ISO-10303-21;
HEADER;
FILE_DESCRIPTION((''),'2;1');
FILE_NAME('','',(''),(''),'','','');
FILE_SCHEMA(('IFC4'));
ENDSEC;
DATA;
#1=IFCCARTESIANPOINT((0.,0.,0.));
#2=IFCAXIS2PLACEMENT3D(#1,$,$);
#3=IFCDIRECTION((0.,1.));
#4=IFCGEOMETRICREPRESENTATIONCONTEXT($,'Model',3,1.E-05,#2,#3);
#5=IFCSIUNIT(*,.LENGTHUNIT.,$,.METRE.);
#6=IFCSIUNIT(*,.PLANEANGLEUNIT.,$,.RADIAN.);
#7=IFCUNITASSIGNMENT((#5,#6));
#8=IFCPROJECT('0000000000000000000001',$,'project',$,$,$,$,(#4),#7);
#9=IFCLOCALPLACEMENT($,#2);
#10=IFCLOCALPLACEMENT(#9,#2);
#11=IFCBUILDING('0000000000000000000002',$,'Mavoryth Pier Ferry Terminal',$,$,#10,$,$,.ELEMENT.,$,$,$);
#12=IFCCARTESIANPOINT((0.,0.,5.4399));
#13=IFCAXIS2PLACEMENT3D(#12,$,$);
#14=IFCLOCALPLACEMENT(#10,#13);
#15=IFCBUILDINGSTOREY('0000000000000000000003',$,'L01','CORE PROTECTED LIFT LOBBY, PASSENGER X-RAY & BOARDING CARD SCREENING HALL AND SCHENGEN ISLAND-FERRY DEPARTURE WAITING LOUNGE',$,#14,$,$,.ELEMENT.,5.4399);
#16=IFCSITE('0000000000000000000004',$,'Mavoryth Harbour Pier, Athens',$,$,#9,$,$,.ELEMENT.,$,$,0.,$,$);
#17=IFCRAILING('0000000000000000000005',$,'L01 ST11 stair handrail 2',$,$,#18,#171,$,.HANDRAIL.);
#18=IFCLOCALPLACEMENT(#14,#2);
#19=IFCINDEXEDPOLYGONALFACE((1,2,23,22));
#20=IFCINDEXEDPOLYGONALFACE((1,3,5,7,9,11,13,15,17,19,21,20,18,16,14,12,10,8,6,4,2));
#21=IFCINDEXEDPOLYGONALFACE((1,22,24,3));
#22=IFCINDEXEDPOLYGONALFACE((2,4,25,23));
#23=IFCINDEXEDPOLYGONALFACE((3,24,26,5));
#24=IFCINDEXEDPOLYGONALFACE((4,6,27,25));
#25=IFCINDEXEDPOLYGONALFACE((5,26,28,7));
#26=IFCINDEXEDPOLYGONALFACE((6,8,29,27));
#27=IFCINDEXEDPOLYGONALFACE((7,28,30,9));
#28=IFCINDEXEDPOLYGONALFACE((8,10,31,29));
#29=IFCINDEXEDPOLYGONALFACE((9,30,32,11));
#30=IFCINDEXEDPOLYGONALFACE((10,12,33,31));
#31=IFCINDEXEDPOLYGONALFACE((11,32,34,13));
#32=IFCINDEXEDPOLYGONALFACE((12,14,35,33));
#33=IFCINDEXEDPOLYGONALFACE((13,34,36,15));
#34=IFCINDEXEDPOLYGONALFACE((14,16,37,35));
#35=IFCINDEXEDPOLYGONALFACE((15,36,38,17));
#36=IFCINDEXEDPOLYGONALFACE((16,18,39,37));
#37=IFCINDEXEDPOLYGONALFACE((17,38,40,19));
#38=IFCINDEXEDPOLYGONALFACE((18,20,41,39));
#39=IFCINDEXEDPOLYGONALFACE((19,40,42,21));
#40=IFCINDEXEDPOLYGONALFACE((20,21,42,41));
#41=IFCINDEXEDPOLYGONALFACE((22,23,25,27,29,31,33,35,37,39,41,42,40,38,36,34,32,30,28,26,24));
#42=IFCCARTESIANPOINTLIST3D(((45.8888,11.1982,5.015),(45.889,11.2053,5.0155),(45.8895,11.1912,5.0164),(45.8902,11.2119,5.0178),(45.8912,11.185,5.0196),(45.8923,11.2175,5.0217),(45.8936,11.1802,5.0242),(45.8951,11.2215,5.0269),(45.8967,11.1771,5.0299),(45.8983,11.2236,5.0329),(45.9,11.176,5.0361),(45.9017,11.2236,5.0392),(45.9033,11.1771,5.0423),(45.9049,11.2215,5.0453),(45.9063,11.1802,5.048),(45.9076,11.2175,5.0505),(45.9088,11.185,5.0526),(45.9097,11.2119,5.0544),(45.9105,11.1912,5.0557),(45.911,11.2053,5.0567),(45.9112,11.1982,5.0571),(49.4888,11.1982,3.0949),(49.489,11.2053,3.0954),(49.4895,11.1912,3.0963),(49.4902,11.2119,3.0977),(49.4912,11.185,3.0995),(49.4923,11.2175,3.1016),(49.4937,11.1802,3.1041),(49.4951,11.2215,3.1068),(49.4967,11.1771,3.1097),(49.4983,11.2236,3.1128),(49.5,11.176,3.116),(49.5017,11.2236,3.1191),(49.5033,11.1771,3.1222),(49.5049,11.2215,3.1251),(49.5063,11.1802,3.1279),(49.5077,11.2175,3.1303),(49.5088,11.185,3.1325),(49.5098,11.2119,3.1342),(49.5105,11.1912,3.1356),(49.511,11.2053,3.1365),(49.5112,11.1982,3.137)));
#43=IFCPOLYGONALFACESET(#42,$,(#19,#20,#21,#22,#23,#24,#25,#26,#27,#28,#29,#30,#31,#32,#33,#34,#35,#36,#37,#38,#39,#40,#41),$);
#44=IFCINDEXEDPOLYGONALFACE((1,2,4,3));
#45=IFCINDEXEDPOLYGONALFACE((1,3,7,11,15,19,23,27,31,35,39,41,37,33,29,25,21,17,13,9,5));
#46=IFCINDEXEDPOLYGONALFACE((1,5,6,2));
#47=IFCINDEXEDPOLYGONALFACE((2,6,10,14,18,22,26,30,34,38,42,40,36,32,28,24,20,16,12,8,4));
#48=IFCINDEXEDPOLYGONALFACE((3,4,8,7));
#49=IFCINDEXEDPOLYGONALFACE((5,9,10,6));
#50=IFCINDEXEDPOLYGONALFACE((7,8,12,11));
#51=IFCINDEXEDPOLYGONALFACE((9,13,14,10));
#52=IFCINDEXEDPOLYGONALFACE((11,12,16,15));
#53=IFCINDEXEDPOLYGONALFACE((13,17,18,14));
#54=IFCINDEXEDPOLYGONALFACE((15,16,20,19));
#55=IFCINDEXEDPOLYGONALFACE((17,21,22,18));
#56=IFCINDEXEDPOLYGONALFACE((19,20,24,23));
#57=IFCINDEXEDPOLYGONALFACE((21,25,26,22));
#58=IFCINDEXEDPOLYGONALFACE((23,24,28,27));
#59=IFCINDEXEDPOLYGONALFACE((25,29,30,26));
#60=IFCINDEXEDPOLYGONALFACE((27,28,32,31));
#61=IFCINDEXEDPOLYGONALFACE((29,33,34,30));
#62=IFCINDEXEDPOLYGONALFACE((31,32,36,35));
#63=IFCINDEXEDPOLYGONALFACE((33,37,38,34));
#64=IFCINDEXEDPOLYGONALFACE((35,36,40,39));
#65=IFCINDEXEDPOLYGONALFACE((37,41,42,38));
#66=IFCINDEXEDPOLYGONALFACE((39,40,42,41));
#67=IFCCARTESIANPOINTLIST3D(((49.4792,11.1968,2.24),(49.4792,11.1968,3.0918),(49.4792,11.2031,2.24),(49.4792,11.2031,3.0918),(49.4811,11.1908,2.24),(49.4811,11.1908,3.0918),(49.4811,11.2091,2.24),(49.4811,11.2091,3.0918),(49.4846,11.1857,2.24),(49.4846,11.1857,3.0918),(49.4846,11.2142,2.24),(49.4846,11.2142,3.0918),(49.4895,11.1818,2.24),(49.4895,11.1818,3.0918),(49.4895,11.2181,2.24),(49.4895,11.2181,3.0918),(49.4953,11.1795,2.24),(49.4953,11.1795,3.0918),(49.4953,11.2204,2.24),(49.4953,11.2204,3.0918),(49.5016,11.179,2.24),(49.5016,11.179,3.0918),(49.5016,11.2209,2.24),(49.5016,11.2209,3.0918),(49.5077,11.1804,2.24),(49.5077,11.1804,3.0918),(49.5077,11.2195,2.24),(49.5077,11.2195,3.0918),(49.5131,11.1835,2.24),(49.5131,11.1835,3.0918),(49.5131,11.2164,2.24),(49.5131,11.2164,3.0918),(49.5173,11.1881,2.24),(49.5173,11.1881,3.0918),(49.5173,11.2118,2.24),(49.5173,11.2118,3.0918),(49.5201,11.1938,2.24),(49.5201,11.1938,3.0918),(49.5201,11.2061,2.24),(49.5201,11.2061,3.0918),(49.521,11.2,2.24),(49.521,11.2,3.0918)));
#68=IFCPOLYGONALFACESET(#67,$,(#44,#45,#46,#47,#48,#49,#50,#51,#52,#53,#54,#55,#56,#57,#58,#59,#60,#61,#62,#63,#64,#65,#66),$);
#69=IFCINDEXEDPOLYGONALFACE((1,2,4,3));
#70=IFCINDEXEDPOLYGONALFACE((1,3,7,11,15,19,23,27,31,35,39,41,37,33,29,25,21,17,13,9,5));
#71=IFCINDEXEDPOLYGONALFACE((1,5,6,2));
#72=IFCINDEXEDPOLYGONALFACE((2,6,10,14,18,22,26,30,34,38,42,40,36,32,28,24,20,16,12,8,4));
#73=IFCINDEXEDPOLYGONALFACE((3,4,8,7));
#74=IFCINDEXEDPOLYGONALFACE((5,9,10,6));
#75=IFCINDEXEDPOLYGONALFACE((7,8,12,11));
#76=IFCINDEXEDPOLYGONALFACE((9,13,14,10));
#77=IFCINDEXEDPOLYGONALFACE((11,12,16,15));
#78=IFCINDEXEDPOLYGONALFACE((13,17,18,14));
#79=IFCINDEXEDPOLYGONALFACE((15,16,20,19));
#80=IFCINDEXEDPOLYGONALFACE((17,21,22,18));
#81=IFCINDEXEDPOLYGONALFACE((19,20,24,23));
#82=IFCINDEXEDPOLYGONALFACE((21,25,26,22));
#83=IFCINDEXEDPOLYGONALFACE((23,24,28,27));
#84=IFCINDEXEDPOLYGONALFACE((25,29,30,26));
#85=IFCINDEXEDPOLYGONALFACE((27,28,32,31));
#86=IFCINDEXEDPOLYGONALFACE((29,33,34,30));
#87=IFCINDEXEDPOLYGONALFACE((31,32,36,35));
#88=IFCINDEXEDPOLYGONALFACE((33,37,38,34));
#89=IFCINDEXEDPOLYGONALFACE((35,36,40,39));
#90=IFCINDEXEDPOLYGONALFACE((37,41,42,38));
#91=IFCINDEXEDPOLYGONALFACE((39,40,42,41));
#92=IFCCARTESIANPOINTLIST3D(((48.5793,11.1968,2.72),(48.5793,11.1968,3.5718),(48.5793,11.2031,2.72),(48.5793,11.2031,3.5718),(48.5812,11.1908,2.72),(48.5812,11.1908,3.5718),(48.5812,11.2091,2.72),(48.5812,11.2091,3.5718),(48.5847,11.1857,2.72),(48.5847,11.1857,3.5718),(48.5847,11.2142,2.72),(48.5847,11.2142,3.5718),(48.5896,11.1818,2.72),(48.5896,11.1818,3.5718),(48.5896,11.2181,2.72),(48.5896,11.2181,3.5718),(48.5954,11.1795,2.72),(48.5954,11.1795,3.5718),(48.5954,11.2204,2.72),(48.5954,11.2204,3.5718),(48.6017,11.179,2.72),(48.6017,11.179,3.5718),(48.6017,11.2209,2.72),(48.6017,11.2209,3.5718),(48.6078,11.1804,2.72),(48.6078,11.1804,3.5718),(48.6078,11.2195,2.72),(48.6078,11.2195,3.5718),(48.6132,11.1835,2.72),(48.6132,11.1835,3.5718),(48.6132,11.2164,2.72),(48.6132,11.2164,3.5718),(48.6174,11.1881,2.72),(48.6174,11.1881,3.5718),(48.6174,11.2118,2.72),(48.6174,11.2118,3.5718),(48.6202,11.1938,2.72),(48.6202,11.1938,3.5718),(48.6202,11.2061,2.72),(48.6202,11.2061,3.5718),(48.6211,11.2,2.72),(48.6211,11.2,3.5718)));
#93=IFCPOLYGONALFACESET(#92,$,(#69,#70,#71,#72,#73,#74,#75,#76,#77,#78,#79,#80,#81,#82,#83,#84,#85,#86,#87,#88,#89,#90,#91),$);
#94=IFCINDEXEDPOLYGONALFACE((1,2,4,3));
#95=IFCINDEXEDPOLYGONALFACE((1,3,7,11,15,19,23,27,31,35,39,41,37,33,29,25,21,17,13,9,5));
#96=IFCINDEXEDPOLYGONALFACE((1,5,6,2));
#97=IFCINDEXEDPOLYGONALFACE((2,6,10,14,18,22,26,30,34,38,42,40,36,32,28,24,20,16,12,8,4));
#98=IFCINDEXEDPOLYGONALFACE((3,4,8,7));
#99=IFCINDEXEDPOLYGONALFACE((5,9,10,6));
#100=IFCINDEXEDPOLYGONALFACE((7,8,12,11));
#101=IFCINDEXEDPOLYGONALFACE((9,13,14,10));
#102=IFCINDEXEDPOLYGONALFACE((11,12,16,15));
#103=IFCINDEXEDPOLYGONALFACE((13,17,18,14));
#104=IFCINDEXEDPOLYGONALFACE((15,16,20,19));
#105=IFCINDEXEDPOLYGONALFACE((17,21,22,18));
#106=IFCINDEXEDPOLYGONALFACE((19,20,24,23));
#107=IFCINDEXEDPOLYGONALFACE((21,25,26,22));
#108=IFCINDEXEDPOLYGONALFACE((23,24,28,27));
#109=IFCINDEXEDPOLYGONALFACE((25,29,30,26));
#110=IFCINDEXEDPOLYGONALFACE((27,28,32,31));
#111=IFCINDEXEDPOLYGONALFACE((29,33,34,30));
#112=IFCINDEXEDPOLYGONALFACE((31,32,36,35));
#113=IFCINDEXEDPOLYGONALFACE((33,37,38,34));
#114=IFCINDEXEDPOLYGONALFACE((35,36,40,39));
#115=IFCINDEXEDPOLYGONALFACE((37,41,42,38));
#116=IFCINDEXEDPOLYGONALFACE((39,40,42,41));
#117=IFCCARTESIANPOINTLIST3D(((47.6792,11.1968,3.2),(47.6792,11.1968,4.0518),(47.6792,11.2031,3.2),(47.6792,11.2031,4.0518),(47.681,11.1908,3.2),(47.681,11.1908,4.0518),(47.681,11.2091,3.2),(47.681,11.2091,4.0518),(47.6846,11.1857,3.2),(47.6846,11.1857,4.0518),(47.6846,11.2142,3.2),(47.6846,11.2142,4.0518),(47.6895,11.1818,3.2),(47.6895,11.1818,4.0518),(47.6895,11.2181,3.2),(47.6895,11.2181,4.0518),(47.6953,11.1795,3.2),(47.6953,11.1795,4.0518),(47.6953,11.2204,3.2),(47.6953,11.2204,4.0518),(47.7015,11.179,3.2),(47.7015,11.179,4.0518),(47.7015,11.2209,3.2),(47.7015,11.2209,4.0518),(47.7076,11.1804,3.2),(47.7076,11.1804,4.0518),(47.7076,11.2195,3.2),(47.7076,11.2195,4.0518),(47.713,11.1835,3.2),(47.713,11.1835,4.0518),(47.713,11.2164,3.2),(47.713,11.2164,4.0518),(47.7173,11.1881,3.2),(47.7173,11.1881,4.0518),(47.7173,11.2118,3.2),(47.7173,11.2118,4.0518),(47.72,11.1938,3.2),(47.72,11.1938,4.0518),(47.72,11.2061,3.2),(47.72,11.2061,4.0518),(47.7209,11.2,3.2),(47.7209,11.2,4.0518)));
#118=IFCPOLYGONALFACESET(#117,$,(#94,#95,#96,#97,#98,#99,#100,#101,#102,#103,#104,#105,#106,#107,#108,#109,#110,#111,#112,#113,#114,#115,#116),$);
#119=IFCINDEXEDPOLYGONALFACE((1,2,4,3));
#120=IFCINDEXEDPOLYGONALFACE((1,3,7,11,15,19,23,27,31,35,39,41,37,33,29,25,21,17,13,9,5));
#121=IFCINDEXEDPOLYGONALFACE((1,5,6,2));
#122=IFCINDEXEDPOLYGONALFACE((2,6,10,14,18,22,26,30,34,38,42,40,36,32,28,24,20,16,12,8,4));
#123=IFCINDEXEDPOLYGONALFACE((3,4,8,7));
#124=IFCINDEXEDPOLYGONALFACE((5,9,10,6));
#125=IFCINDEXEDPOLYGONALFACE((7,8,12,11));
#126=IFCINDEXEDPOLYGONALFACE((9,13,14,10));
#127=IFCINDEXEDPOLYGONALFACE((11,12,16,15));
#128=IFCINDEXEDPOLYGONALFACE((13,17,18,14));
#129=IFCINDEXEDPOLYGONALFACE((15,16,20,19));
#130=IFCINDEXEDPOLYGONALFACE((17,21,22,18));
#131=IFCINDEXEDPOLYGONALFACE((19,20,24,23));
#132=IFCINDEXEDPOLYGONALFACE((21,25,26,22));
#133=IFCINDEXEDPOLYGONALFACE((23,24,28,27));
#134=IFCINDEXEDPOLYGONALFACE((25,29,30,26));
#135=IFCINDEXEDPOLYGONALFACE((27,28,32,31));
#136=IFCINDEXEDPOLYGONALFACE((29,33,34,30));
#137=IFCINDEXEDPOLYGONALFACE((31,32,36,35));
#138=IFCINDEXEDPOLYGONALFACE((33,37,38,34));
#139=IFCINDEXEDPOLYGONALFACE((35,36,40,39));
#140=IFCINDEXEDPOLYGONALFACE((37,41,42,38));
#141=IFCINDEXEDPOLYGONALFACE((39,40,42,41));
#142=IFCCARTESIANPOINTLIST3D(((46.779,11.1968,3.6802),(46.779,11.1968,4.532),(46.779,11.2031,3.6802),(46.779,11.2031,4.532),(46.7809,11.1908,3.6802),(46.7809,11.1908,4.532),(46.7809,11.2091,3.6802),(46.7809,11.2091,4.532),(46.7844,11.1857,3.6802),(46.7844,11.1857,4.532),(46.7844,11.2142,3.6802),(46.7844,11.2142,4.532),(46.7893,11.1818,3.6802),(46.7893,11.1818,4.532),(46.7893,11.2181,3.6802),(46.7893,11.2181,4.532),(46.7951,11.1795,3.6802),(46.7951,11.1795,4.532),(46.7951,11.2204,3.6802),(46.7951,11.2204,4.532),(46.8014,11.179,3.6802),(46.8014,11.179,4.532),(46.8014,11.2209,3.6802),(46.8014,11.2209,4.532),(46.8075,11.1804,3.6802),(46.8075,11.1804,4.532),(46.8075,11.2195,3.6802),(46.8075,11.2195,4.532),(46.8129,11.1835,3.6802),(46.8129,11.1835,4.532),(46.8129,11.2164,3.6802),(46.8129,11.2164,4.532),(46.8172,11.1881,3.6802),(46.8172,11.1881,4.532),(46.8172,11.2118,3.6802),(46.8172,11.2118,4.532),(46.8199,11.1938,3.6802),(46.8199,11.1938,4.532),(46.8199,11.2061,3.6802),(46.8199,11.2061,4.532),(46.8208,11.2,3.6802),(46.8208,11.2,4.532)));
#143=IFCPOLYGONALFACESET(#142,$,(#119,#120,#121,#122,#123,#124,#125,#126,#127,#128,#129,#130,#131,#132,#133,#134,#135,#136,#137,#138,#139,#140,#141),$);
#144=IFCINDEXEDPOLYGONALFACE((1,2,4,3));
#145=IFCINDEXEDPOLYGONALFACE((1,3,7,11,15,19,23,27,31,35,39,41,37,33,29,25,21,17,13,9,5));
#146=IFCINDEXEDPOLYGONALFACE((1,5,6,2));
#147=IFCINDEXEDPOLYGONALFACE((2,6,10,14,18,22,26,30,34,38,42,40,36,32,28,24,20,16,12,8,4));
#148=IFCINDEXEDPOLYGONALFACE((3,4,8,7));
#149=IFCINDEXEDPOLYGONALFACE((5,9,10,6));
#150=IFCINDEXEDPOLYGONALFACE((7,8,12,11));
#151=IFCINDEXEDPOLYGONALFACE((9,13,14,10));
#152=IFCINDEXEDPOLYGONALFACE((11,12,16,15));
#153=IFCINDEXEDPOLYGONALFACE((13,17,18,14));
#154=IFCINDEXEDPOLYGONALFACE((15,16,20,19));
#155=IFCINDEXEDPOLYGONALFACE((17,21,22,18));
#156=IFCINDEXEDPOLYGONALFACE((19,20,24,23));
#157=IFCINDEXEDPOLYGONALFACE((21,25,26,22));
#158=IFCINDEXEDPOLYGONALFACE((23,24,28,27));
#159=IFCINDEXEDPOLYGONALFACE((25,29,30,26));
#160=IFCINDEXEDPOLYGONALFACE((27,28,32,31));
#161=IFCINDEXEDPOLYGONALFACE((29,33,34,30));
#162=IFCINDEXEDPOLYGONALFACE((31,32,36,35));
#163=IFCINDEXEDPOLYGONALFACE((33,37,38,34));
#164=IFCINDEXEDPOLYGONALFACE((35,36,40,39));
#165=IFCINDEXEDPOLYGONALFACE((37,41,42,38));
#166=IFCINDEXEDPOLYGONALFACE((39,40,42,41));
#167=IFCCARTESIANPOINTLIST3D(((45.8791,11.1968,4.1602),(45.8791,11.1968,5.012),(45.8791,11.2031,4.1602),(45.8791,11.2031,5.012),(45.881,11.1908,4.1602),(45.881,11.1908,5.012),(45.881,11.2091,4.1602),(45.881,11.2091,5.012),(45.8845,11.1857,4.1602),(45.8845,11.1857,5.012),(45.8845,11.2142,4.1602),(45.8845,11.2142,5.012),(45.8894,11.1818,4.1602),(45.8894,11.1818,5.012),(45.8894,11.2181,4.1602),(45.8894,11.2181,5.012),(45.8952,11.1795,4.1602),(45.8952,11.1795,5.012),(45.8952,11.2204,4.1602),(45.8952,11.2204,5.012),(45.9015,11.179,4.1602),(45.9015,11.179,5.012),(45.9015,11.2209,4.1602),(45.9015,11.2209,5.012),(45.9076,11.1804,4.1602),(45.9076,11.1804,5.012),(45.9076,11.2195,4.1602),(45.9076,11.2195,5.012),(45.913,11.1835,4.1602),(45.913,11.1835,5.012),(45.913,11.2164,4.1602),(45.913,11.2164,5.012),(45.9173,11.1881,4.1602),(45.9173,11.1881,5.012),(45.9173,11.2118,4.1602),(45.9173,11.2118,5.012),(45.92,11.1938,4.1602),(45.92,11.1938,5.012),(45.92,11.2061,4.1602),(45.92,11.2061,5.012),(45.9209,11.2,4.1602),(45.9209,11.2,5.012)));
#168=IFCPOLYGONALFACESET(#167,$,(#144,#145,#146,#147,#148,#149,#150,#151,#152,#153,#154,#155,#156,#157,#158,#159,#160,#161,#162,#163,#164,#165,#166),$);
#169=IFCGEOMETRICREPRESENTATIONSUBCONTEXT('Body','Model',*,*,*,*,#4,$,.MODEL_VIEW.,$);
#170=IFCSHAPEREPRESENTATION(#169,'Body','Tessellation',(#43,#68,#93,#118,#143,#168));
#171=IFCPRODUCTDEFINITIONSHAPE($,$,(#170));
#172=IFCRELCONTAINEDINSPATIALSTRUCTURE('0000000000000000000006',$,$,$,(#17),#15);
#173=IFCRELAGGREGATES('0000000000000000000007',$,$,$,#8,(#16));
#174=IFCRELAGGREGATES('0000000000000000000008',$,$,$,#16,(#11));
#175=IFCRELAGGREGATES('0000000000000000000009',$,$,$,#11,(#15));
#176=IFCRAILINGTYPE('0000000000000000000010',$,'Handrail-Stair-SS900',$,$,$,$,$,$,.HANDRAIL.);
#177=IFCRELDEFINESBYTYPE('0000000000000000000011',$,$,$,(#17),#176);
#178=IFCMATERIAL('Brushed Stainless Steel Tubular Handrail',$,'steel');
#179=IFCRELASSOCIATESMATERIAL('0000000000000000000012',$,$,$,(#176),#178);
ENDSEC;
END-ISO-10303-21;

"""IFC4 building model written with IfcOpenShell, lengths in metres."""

from ifc_helpers import new_model, si_unit, direction, frame, origin, origin_2d, place, context, subcontext, project, spatial, circle, extrude, material, type_object, element, save


model = new_model("IFC4")

# Units and contexts
model_context = context("Model", 3, precision=1e-05, world=origin(), true_north=direction((0.0, 1.0)))
body_context = subcontext(model_context, "Body", "Model", "MODEL_VIEW")
ifc_project = project(units=[si_unit("LENGTHUNIT", "METRE"), si_unit("PLANEANGLEUNIT", "RADIAN")], contexts=[model_context])

# Site, building, storey
site_placement = place(None, origin())
site = spatial("IfcSite", under=ifc_project, at=site_placement, Name="Mavoryth Harbour Pier, Athens", CompositionType="ELEMENT", RefElevation=0.0)
building_placement = place(site_placement, origin())
building = spatial("IfcBuilding", under=site, at=building_placement, Name="Mavoryth Pier Ferry Terminal", CompositionType="ELEMENT")
storey_placement = place(building_placement, frame((0.0, 0.0, 5.4399)))
storey = spatial("IfcBuildingStorey", under=building, at=storey_placement, Name="L01", Description="CORE PROTECTED LIFT LOBBY, PASSENGER X-RAY & BOARDING CARD SCREENING HALL AND SCHENGEN ISLAND-FERRY DEPARTURE WAITING LOUNGE", CompositionType="ELEMENT", Elevation=5.4399)

# Railing
ifc_material_1 = material(Name="Brushed Stainless Steel Tubular Handrail", Category="steel")
railing_type_1 = type_object("IfcRailingType", Name="Handrail-Stair-SS900", PredefinedType="HANDRAIL", material=ifc_material_1)
railing_1_placement = place(storey_placement, frame((49.5, 11.2, 2.24)))
element("IfcRailing", 1, at=railing_1_placement, inside=storey, type_object=railing_type_1, Name="L01 ST11 stair handrail 2", PredefinedType="HANDRAIL", context=body_context, shape_type="SweptSolid", body=[
    extrude(circle(Radius=0.0239, at=origin_2d()), frame((0.0, 0.0, 0.876), z_axis=(-0.882341, 0.0, 0.47061), x_axis=(0.0, -1.0, 0.0)), (0.0, 0.0, 1.0), 4.0801),
    extrude(circle(Radius=0.021, at=origin_2d()), origin(), (0.0, 0.0, 1.0), 0.8518),
    extrude(circle(Radius=0.021, at=origin_2d()), frame((-0.8999, 0.0, 0.48)), (0.0, 0.0, 1.0), 0.8518),
    extrude(circle(Radius=0.021, at=origin_2d()), frame((-1.8, 0.0, 0.96)), (0.0, 0.0, 1.0), 0.8518),
    extrude(circle(Radius=0.021, at=origin_2d()), frame((-2.7002, 0.0, 1.4402)), (0.0, 0.0, 1.0), 0.8518),
    extrude(circle(Radius=0.021, at=origin_2d()), frame((-3.6001, 0.0, 1.9202)), (0.0, 0.0, 1.0), 0.8518),
])

save(model, "model.ifc")
